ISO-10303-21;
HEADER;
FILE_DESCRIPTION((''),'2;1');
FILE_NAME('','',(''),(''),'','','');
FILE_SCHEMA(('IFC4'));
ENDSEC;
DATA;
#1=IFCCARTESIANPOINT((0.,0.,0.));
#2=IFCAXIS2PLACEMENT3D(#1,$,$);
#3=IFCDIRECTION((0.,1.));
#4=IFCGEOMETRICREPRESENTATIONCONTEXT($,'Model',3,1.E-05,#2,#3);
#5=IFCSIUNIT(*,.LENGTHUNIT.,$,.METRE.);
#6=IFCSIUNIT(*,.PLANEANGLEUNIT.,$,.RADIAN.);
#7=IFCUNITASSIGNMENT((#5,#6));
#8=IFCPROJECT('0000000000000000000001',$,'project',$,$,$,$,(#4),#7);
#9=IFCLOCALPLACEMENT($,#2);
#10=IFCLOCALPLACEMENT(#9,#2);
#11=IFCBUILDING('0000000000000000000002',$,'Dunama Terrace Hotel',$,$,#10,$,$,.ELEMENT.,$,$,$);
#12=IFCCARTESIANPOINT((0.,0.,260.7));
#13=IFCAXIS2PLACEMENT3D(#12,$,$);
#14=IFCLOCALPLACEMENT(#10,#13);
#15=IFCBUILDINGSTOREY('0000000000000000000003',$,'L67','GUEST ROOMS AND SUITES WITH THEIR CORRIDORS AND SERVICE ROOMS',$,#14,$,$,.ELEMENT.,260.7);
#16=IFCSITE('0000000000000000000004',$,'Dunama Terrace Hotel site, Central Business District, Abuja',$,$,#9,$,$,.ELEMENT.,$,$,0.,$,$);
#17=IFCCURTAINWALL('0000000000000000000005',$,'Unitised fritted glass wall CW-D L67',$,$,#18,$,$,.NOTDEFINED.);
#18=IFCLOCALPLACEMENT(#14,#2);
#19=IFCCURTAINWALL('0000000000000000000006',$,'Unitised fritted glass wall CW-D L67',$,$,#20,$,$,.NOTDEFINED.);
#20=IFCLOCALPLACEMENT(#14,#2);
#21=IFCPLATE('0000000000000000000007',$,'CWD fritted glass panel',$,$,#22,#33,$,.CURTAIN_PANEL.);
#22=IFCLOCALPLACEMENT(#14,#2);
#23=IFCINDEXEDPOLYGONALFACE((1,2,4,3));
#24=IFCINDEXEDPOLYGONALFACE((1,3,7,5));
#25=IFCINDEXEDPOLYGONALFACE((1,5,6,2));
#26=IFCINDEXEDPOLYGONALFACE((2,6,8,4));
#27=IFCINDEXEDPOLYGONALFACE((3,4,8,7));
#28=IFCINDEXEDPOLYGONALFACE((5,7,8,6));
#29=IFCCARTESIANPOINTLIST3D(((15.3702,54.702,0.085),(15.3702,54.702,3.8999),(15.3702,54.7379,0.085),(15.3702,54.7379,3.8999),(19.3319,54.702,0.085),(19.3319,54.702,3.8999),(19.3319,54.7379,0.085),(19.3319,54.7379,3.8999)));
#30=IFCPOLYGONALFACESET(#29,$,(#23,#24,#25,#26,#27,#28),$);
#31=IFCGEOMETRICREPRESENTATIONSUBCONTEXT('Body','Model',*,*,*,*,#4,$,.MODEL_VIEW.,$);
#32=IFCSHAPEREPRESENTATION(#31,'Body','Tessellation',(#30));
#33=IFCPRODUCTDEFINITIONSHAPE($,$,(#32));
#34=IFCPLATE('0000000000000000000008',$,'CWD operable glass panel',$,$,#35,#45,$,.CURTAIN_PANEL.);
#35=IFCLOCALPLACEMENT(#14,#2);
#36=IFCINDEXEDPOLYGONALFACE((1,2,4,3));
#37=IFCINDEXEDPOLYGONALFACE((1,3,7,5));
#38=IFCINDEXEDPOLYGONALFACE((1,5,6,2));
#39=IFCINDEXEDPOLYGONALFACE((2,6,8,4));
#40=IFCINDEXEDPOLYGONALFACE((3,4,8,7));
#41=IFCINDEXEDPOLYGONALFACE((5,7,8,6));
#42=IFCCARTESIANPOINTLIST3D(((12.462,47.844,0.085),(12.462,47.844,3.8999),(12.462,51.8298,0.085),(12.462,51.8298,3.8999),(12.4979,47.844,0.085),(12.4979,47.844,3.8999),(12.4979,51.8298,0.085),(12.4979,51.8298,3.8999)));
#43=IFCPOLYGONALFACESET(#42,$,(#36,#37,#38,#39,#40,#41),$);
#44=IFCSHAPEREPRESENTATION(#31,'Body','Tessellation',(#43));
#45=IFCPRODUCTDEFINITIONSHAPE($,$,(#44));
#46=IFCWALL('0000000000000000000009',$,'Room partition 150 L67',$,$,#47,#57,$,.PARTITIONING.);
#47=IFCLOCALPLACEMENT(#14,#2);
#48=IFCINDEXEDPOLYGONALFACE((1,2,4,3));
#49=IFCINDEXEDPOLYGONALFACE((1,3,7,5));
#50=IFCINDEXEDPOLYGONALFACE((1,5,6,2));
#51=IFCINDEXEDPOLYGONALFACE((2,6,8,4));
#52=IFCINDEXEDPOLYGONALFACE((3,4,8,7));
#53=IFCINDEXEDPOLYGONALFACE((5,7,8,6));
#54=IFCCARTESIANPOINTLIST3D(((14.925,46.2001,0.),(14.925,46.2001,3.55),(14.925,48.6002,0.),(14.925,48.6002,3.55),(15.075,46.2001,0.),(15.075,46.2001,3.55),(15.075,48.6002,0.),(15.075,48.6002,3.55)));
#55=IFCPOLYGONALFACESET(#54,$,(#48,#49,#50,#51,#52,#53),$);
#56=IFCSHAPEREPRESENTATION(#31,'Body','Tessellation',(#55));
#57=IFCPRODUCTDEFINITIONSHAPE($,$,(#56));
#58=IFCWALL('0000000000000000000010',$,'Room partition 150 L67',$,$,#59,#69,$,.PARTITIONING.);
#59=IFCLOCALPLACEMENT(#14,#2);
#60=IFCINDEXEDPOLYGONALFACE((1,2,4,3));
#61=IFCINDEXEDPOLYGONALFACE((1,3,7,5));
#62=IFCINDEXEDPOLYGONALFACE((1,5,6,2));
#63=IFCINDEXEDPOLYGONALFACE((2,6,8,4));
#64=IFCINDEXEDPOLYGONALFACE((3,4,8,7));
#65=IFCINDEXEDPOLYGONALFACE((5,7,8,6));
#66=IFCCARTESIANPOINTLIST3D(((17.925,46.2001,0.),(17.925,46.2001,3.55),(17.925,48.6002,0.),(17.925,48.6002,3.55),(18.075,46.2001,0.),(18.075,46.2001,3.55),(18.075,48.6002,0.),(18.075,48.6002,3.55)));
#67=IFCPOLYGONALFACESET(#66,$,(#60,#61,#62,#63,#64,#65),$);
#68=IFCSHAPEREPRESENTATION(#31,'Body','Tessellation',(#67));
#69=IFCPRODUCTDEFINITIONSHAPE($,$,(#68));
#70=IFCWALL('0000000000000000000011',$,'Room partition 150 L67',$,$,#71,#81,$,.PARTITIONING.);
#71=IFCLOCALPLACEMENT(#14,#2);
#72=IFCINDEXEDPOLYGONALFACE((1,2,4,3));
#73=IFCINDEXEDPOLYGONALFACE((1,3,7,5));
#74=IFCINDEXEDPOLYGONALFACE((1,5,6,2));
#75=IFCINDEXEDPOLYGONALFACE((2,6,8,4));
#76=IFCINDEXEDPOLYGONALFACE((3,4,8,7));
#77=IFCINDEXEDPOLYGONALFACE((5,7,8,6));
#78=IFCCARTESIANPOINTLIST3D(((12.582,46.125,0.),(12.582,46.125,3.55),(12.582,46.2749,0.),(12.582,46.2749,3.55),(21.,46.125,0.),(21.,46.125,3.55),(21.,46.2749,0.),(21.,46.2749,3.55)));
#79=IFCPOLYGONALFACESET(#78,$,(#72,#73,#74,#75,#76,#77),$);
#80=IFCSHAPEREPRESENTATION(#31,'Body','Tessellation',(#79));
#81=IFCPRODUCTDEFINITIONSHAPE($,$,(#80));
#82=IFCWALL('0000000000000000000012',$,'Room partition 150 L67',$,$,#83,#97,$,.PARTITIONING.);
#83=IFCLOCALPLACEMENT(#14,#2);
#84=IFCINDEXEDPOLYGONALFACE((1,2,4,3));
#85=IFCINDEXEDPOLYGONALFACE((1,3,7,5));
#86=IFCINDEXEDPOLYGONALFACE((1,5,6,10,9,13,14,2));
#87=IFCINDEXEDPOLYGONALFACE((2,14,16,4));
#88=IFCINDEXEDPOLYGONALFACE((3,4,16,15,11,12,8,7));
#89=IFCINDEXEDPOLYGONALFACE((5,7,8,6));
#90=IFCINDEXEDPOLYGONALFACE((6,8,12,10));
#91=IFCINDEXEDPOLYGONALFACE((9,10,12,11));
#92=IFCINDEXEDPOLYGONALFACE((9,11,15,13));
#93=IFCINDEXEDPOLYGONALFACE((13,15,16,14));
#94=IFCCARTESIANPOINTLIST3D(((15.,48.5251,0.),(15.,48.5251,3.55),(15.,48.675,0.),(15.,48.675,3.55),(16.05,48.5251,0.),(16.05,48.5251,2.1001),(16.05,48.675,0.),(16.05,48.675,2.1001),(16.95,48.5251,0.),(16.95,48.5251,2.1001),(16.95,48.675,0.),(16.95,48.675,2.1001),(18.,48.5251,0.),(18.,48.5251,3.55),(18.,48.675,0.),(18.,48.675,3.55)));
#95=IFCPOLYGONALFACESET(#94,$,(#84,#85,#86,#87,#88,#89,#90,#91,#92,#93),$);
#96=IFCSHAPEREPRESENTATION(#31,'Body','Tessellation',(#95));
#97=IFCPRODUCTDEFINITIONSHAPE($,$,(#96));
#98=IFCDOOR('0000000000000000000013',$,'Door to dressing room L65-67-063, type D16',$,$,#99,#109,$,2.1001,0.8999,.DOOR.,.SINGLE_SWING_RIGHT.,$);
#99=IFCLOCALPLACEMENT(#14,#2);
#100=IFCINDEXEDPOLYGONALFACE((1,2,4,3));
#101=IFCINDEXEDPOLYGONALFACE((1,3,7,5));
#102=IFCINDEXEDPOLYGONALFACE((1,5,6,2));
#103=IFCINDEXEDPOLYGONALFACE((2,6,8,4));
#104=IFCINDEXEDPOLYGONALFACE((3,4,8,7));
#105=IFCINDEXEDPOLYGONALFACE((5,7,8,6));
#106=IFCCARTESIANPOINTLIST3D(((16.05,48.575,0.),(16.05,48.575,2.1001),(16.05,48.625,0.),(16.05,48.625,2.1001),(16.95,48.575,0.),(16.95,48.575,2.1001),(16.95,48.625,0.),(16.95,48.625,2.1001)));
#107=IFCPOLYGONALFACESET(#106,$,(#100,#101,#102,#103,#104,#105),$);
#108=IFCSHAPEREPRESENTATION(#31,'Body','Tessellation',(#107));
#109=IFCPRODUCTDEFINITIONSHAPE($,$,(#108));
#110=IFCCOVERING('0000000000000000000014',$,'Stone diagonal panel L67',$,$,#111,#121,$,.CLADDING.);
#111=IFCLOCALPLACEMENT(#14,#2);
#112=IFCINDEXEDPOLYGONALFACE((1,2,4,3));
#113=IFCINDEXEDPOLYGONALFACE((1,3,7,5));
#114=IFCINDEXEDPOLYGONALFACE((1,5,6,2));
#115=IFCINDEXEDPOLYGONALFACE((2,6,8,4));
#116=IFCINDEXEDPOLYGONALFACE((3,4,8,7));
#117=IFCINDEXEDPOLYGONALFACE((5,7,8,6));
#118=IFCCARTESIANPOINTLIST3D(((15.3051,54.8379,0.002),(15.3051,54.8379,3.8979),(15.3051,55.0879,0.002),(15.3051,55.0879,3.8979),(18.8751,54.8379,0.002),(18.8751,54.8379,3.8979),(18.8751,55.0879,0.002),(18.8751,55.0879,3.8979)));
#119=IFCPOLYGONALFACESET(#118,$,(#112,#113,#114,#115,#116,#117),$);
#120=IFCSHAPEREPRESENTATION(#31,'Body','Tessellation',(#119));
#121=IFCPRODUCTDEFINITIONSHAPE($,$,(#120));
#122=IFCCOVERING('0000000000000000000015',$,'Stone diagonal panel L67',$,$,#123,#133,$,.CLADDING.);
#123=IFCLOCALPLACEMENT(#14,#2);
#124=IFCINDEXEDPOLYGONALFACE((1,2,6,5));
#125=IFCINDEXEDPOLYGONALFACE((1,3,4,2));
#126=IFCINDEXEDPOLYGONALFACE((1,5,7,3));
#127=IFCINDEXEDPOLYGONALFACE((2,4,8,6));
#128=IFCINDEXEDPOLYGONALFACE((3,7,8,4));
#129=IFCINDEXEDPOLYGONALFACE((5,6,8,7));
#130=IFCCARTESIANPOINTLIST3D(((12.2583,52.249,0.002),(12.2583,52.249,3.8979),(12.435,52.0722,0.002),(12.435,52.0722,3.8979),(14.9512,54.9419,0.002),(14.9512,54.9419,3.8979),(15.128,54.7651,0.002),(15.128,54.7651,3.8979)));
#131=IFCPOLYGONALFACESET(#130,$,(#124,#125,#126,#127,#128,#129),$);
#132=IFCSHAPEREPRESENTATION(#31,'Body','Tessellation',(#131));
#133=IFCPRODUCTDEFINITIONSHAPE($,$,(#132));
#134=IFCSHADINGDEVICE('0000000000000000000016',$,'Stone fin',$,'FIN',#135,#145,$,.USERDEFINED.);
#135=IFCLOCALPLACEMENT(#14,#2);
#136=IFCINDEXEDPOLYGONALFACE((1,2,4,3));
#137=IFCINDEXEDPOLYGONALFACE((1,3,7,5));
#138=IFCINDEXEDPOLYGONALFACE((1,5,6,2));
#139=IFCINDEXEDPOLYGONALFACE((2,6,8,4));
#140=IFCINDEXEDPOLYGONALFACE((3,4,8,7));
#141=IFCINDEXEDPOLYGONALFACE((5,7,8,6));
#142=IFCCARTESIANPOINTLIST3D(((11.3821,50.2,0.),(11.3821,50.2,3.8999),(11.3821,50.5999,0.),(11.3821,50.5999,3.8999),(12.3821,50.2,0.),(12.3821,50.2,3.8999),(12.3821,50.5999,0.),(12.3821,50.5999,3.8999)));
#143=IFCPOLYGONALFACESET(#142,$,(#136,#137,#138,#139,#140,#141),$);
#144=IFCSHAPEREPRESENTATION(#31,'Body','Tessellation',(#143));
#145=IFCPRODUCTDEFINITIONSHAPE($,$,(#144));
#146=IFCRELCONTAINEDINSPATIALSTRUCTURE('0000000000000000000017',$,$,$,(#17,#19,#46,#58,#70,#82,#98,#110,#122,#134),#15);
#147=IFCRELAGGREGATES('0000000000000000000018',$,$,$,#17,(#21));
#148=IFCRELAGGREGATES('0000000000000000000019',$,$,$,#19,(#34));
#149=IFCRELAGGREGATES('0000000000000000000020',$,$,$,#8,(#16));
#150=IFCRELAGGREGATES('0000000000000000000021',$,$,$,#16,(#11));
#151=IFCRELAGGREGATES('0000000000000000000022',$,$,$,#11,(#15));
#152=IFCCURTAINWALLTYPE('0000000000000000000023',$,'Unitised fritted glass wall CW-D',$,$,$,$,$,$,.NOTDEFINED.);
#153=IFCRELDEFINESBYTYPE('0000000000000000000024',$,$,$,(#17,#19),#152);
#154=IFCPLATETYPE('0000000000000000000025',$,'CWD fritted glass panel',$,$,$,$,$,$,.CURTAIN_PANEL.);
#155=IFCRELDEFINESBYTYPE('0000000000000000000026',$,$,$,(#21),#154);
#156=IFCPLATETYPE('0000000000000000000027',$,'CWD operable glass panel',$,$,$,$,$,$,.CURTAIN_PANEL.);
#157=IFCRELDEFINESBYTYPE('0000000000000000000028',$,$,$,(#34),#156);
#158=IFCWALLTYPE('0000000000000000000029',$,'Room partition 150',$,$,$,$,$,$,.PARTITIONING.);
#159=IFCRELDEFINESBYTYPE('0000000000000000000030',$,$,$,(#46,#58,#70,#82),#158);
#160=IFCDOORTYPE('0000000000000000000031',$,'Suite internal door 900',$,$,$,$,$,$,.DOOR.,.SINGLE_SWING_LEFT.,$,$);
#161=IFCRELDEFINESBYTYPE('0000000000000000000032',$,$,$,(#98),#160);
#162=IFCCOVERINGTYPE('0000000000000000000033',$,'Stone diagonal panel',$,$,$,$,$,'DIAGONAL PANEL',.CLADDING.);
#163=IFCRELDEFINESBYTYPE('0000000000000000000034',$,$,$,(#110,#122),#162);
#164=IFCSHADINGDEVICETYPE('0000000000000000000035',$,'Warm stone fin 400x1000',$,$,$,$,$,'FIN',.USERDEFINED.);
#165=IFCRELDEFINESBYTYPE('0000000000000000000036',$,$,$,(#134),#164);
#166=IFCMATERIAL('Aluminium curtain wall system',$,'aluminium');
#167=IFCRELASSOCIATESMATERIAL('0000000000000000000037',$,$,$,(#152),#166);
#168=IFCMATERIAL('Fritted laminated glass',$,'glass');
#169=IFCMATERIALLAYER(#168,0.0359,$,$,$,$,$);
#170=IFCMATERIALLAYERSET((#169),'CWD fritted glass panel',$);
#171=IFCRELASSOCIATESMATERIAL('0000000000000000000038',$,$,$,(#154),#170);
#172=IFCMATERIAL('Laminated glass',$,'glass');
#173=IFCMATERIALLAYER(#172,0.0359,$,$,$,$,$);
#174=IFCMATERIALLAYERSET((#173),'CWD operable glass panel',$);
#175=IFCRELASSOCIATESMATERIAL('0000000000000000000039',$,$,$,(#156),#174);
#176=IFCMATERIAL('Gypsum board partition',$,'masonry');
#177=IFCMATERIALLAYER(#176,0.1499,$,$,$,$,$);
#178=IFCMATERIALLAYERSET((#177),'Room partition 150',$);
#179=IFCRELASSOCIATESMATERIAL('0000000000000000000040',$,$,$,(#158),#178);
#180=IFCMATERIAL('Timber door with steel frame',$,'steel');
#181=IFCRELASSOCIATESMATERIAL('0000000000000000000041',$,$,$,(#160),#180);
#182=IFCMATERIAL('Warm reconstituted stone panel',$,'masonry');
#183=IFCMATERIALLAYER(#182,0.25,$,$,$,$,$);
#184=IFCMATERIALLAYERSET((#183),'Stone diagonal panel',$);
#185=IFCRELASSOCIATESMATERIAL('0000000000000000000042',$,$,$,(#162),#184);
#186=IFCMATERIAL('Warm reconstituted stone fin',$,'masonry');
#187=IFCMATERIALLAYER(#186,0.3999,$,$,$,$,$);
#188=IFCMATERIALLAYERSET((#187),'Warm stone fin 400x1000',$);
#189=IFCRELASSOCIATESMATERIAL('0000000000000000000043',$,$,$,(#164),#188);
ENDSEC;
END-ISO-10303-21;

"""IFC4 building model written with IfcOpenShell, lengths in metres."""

from ifc_helpers import new_model, si_unit, direction, frame, frame_2d, origin, origin_2d, place, context, subcontext, project, spatial, rectangle, extrude, material, layer, layer_set, type_object, element, fill, aggregate, save


model = new_model("IFC4")

# Units and contexts
model_context = context("Model", 3, precision=1e-05, world=origin(), true_north=direction((0.0, 1.0)))
body_context = subcontext(model_context, "Body", "Model", "MODEL_VIEW")
ifc_project = project(units=[si_unit("LENGTHUNIT", "METRE"), si_unit("PLANEANGLEUNIT", "RADIAN")], contexts=[model_context])

# Site, building, storey
site_placement = place(None, origin())
site = spatial("IfcSite", under=ifc_project, at=site_placement, Name="Dunama Terrace Hotel site, Central Business District, Abuja", CompositionType="ELEMENT", RefElevation=0.0)
building_placement = place(site_placement, origin())
building = spatial("IfcBuilding", under=site, at=building_placement, Name="Dunama Terrace Hotel", CompositionType="ELEMENT")
storey_placement = place(building_placement, frame((0.0, 0.0, 260.7)))
storey = spatial("IfcBuildingStorey", under=building, at=storey_placement, Name="L67", Description="GUEST ROOMS AND SUITES WITH THEIR CORRIDORS AND SERVICE ROOMS", CompositionType="ELEMENT", Elevation=260.7)

# Curtain wall
ifc_material_1 = material(Name="Aluminium curtain wall system", Category="aluminium")
curtain_wall_type = type_object("IfcCurtainWallType", Name="Unitised fritted glass wall CW-D", PredefinedType="NOTDEFINED", material=ifc_material_1)
curtain_wall_1_placement = place(storey_placement, origin())
curtain_wall_1 = element("IfcCurtainWall", 1, at=curtain_wall_1_placement, inside=storey, type_object=curtain_wall_type, Name="Unitised fritted glass wall CW-D L67", PredefinedType="NOTDEFINED")

# Curtain wall
curtain_wall_2_placement = place(storey_placement, origin())
curtain_wall_2 = element("IfcCurtainWall", 2, at=curtain_wall_2_placement, inside=storey, type_object=curtain_wall_type, Name="Unitised fritted glass wall CW-D L67", PredefinedType="NOTDEFINED")

# Plates
ifc_material_2 = material(Name="Fritted laminated glass", Category="glass")
ifc_layer_1 = layer(ifc_material_2, 0.0359)
ifc_layer_set_1 = layer_set([ifc_layer_1], Name="CWD fritted glass panel")
plate_type_1 = type_object("IfcPlateType", Name="CWD fritted glass panel", PredefinedType="CURTAIN_PANEL", material=ifc_layer_set_1)
plate_1_placement = place(storey_placement, frame((17.3511, 54.72, 0.085), z_axis=(0.0, 0.0, 1.0), x_axis=(-1.0, 0.0, 0.0)))
plate_1 = element("IfcPlate", 3, at=plate_1_placement, type_object=plate_type_1, Name="CWD fritted glass panel", PredefinedType="CURTAIN_PANEL", context=body_context, shape_type="SweptSolid", body=[
    extrude(rectangle(XDim=3.9617, YDim=0.0359, at=origin_2d()), origin(), (0.0, 0.0, 1.0), 3.8149),
])
aggregate(curtain_wall_1, [plate_1])
ifc_material_3 = material(Name="Laminated glass", Category="glass")
ifc_layer_2 = layer(ifc_material_3, 0.0359)
ifc_layer_set_2 = layer_set([ifc_layer_2], Name="CWD operable glass panel")
plate_type_2 = type_object("IfcPlateType", Name="CWD operable glass panel", PredefinedType="CURTAIN_PANEL", material=ifc_layer_set_2)
plate_2_placement = place(storey_placement, frame((12.48, 49.8369, 0.085), z_axis=(0.0, 0.0, 1.0), x_axis=(0.0, -1.0, 0.0)))
plate_2 = element("IfcPlate", 4, at=plate_2_placement, type_object=plate_type_2, Name="CWD operable glass panel", PredefinedType="CURTAIN_PANEL", context=body_context, shape_type="SweptSolid", body=[
    extrude(rectangle(XDim=3.9858, YDim=0.0359, at=origin_2d()), origin(), (0.0, 0.0, 1.0), 3.8149),
])
aggregate(curtain_wall_2, [plate_2])

# Walls
ifc_material_4 = material(Name="Gypsum board partition", Category="masonry")
ifc_layer_3 = layer(ifc_material_4, 0.1499)
ifc_layer_set_3 = layer_set([ifc_layer_3], Name="Room partition 150")
wall_type = type_object("IfcWallType", Name="Room partition 150", PredefinedType="PARTITIONING", material=ifc_layer_set_3)
for number, where, z_axis, x_axis, name in (
    (5, (15.0, 46.2, 0.0), (0.0, 0.0, 1.0), (0.0, 1.0, 0.0), "Room partition 150 L67"),
    (6, (18.0, 46.2, 0.0), (0.0, 0.0, 1.0), (0.0, 1.0, 0.0), "Room partition 150 L67"),
):
    element("IfcWall", number, at=place(storey_placement, frame(where, z_axis=z_axis, x_axis=x_axis)), inside=storey, type_object=wall_type, Name=name, PredefinedType="PARTITIONING", context=body_context, shape_type="SweptSolid", body=[
        extrude(rectangle(XDim=2.4001, YDim=0.1499, at=frame_2d((1.2002, 0.0))), origin(), (0.0, 0.0, 1.0), 3.55),
    ])
wall_1_placement = place(storey_placement, frame((12.582, 46.2, 0.0), z_axis=(0.0, 0.0, 1.0), x_axis=(1.0, 0.0, 0.0)))
element("IfcWall", 7, at=wall_1_placement, inside=storey, type_object=wall_type, Name="Room partition 150 L67", PredefinedType="PARTITIONING", context=body_context, shape_type="SweptSolid", body=[
    extrude(rectangle(XDim=8.418, YDim=0.1499, at=frame_2d((4.209, 0.0))), origin(), (0.0, 0.0, 1.0), 3.55),
])

# Wall, opening, door
wall_2_placement = place(storey_placement, frame((15.0, 48.6001, 0.0), z_axis=(0.0, 0.0, 1.0), x_axis=(1.0, 0.0, 0.0)))
wall_2 = element("IfcWall", 8, at=wall_2_placement, inside=storey, type_object=wall_type, Name="Room partition 150 L67", PredefinedType="PARTITIONING", context=body_context, shape_type="SweptSolid", body=[
    extrude(rectangle(XDim=3.0, YDim=0.1499, at=frame_2d((1.5, 0.0))), origin(), (0.0, 0.0, 1.0), 3.55),
])
opening_placement = place(wall_2_placement, frame((1.05, 0.0, 0.0)))
opening = element("IfcOpeningElement", 9, at=opening_placement, cuts=wall_2, PredefinedType="OPENING", context=body_context, shape_type="SweptSolid", body=[
    extrude(rectangle(XDim=0.8999, YDim=2.1001, at=frame_2d((0.45, 1.05))), frame((0.0, 0.085, 0.0), z_axis=(0.0, -1.0, 0.0), x_axis=(1.0, 0.0, 0.0)), (0.0, 0.0, 1.0), 0.1699),
])
ifc_material_5 = material(Name="Timber door with steel frame", Category="steel")
door_type = type_object("IfcDoorType", Name="Suite internal door 900", OperationType="SINGLE_SWING_LEFT", PredefinedType="DOOR", material=ifc_material_5)
door_placement = place(opening_placement, frame((0.8999, 0.0, 0.0), z_axis=(0.0, 0.0, 1.0), x_axis=(-1.0, 0.0, 0.0)))
door = element("IfcDoor", 10, at=door_placement, inside=storey, type_object=door_type, Name="Door to dressing room L65-67-063, type D16", OperationType="SINGLE_SWING_RIGHT", OverallHeight=2.1001, OverallWidth=0.8999, PredefinedType="DOOR", context=body_context, shape_type="SweptSolid", body=[
    extrude(rectangle(XDim=0.8999, YDim=2.1001, at=frame_2d((0.45, 1.05))), frame((0.0, 0.0251, 0.0), z_axis=(0.0, -1.0, 0.0), x_axis=(1.0, 0.0, 0.0)), (0.0, 0.0, 1.0), 0.05),
])
fill(opening, door)

# Coverings
ifc_material_6 = material(Name="Warm reconstituted stone panel", Category="masonry")
ifc_layer_4 = layer(ifc_material_6, 0.25)
ifc_layer_set_4 = layer_set([ifc_layer_4], Name="Stone diagonal panel")
covering_type = type_object("IfcCoveringType", Name="Stone diagonal panel", ElementType="DIAGONAL PANEL", PredefinedType="CLADDING", material=ifc_layer_set_4)
covering_1_placement = place(storey_placement, frame((17.0901, 54.9629, 0.002), z_axis=(0.0, 0.0, 1.0), x_axis=(-1.0, 0.0, 0.0)))
element("IfcCovering", 11, at=covering_1_placement, inside=storey, type_object=covering_type, Name="Stone diagonal panel L67", PredefinedType="CLADDING", context=body_context, shape_type="SweptSolid", body=[
    extrude(rectangle(XDim=3.5701, YDim=0.25, at=origin_2d()), origin(), (0.0, 0.0, 1.0), 3.896),
])
covering_2_placement = place(storey_placement, frame((13.6931, 53.5071, 0.002), z_axis=(0.0, 0.0, 1.0), x_axis=(-0.707107, -0.707107, 0.0)))
element("IfcCovering", 12, at=covering_2_placement, inside=storey, type_object=covering_type, Name="Stone diagonal panel L67", PredefinedType="CLADDING", context=body_context, shape_type="SweptSolid", body=[
    extrude(rectangle(XDim=3.8083, YDim=0.25, at=origin_2d()), origin(), (0.0, 0.0, 1.0), 3.896),
])

# Shading device
ifc_material_7 = material(Name="Warm reconstituted stone fin", Category="masonry")
ifc_layer_5 = layer(ifc_material_7, 0.3999)
ifc_layer_set_5 = layer_set([ifc_layer_5], Name="Warm stone fin 400x1000")
shading_device_type = type_object("IfcShadingDeviceType", Name="Warm stone fin 400x1000", ElementType="FIN", PredefinedType="USERDEFINED", material=ifc_layer_set_5)
shading_device_placement = place(storey_placement, frame((11.8821, 50.3999, 0.0), z_axis=(0.0, 0.0, 1.0), x_axis=(0.0, -1.0, 0.0)))
element("IfcShadingDevice", 13, at=shading_device_placement, inside=storey, type_object=shading_device_type, Name="Stone fin", ObjectType="FIN", PredefinedType="USERDEFINED", context=body_context, shape_type="SweptSolid", body=[
    extrude(rectangle(XDim=0.3999, YDim=1.0, at=origin_2d()), origin(), (0.0, 0.0, 1.0), 3.8999),
])

save(model, "model.ifc")
